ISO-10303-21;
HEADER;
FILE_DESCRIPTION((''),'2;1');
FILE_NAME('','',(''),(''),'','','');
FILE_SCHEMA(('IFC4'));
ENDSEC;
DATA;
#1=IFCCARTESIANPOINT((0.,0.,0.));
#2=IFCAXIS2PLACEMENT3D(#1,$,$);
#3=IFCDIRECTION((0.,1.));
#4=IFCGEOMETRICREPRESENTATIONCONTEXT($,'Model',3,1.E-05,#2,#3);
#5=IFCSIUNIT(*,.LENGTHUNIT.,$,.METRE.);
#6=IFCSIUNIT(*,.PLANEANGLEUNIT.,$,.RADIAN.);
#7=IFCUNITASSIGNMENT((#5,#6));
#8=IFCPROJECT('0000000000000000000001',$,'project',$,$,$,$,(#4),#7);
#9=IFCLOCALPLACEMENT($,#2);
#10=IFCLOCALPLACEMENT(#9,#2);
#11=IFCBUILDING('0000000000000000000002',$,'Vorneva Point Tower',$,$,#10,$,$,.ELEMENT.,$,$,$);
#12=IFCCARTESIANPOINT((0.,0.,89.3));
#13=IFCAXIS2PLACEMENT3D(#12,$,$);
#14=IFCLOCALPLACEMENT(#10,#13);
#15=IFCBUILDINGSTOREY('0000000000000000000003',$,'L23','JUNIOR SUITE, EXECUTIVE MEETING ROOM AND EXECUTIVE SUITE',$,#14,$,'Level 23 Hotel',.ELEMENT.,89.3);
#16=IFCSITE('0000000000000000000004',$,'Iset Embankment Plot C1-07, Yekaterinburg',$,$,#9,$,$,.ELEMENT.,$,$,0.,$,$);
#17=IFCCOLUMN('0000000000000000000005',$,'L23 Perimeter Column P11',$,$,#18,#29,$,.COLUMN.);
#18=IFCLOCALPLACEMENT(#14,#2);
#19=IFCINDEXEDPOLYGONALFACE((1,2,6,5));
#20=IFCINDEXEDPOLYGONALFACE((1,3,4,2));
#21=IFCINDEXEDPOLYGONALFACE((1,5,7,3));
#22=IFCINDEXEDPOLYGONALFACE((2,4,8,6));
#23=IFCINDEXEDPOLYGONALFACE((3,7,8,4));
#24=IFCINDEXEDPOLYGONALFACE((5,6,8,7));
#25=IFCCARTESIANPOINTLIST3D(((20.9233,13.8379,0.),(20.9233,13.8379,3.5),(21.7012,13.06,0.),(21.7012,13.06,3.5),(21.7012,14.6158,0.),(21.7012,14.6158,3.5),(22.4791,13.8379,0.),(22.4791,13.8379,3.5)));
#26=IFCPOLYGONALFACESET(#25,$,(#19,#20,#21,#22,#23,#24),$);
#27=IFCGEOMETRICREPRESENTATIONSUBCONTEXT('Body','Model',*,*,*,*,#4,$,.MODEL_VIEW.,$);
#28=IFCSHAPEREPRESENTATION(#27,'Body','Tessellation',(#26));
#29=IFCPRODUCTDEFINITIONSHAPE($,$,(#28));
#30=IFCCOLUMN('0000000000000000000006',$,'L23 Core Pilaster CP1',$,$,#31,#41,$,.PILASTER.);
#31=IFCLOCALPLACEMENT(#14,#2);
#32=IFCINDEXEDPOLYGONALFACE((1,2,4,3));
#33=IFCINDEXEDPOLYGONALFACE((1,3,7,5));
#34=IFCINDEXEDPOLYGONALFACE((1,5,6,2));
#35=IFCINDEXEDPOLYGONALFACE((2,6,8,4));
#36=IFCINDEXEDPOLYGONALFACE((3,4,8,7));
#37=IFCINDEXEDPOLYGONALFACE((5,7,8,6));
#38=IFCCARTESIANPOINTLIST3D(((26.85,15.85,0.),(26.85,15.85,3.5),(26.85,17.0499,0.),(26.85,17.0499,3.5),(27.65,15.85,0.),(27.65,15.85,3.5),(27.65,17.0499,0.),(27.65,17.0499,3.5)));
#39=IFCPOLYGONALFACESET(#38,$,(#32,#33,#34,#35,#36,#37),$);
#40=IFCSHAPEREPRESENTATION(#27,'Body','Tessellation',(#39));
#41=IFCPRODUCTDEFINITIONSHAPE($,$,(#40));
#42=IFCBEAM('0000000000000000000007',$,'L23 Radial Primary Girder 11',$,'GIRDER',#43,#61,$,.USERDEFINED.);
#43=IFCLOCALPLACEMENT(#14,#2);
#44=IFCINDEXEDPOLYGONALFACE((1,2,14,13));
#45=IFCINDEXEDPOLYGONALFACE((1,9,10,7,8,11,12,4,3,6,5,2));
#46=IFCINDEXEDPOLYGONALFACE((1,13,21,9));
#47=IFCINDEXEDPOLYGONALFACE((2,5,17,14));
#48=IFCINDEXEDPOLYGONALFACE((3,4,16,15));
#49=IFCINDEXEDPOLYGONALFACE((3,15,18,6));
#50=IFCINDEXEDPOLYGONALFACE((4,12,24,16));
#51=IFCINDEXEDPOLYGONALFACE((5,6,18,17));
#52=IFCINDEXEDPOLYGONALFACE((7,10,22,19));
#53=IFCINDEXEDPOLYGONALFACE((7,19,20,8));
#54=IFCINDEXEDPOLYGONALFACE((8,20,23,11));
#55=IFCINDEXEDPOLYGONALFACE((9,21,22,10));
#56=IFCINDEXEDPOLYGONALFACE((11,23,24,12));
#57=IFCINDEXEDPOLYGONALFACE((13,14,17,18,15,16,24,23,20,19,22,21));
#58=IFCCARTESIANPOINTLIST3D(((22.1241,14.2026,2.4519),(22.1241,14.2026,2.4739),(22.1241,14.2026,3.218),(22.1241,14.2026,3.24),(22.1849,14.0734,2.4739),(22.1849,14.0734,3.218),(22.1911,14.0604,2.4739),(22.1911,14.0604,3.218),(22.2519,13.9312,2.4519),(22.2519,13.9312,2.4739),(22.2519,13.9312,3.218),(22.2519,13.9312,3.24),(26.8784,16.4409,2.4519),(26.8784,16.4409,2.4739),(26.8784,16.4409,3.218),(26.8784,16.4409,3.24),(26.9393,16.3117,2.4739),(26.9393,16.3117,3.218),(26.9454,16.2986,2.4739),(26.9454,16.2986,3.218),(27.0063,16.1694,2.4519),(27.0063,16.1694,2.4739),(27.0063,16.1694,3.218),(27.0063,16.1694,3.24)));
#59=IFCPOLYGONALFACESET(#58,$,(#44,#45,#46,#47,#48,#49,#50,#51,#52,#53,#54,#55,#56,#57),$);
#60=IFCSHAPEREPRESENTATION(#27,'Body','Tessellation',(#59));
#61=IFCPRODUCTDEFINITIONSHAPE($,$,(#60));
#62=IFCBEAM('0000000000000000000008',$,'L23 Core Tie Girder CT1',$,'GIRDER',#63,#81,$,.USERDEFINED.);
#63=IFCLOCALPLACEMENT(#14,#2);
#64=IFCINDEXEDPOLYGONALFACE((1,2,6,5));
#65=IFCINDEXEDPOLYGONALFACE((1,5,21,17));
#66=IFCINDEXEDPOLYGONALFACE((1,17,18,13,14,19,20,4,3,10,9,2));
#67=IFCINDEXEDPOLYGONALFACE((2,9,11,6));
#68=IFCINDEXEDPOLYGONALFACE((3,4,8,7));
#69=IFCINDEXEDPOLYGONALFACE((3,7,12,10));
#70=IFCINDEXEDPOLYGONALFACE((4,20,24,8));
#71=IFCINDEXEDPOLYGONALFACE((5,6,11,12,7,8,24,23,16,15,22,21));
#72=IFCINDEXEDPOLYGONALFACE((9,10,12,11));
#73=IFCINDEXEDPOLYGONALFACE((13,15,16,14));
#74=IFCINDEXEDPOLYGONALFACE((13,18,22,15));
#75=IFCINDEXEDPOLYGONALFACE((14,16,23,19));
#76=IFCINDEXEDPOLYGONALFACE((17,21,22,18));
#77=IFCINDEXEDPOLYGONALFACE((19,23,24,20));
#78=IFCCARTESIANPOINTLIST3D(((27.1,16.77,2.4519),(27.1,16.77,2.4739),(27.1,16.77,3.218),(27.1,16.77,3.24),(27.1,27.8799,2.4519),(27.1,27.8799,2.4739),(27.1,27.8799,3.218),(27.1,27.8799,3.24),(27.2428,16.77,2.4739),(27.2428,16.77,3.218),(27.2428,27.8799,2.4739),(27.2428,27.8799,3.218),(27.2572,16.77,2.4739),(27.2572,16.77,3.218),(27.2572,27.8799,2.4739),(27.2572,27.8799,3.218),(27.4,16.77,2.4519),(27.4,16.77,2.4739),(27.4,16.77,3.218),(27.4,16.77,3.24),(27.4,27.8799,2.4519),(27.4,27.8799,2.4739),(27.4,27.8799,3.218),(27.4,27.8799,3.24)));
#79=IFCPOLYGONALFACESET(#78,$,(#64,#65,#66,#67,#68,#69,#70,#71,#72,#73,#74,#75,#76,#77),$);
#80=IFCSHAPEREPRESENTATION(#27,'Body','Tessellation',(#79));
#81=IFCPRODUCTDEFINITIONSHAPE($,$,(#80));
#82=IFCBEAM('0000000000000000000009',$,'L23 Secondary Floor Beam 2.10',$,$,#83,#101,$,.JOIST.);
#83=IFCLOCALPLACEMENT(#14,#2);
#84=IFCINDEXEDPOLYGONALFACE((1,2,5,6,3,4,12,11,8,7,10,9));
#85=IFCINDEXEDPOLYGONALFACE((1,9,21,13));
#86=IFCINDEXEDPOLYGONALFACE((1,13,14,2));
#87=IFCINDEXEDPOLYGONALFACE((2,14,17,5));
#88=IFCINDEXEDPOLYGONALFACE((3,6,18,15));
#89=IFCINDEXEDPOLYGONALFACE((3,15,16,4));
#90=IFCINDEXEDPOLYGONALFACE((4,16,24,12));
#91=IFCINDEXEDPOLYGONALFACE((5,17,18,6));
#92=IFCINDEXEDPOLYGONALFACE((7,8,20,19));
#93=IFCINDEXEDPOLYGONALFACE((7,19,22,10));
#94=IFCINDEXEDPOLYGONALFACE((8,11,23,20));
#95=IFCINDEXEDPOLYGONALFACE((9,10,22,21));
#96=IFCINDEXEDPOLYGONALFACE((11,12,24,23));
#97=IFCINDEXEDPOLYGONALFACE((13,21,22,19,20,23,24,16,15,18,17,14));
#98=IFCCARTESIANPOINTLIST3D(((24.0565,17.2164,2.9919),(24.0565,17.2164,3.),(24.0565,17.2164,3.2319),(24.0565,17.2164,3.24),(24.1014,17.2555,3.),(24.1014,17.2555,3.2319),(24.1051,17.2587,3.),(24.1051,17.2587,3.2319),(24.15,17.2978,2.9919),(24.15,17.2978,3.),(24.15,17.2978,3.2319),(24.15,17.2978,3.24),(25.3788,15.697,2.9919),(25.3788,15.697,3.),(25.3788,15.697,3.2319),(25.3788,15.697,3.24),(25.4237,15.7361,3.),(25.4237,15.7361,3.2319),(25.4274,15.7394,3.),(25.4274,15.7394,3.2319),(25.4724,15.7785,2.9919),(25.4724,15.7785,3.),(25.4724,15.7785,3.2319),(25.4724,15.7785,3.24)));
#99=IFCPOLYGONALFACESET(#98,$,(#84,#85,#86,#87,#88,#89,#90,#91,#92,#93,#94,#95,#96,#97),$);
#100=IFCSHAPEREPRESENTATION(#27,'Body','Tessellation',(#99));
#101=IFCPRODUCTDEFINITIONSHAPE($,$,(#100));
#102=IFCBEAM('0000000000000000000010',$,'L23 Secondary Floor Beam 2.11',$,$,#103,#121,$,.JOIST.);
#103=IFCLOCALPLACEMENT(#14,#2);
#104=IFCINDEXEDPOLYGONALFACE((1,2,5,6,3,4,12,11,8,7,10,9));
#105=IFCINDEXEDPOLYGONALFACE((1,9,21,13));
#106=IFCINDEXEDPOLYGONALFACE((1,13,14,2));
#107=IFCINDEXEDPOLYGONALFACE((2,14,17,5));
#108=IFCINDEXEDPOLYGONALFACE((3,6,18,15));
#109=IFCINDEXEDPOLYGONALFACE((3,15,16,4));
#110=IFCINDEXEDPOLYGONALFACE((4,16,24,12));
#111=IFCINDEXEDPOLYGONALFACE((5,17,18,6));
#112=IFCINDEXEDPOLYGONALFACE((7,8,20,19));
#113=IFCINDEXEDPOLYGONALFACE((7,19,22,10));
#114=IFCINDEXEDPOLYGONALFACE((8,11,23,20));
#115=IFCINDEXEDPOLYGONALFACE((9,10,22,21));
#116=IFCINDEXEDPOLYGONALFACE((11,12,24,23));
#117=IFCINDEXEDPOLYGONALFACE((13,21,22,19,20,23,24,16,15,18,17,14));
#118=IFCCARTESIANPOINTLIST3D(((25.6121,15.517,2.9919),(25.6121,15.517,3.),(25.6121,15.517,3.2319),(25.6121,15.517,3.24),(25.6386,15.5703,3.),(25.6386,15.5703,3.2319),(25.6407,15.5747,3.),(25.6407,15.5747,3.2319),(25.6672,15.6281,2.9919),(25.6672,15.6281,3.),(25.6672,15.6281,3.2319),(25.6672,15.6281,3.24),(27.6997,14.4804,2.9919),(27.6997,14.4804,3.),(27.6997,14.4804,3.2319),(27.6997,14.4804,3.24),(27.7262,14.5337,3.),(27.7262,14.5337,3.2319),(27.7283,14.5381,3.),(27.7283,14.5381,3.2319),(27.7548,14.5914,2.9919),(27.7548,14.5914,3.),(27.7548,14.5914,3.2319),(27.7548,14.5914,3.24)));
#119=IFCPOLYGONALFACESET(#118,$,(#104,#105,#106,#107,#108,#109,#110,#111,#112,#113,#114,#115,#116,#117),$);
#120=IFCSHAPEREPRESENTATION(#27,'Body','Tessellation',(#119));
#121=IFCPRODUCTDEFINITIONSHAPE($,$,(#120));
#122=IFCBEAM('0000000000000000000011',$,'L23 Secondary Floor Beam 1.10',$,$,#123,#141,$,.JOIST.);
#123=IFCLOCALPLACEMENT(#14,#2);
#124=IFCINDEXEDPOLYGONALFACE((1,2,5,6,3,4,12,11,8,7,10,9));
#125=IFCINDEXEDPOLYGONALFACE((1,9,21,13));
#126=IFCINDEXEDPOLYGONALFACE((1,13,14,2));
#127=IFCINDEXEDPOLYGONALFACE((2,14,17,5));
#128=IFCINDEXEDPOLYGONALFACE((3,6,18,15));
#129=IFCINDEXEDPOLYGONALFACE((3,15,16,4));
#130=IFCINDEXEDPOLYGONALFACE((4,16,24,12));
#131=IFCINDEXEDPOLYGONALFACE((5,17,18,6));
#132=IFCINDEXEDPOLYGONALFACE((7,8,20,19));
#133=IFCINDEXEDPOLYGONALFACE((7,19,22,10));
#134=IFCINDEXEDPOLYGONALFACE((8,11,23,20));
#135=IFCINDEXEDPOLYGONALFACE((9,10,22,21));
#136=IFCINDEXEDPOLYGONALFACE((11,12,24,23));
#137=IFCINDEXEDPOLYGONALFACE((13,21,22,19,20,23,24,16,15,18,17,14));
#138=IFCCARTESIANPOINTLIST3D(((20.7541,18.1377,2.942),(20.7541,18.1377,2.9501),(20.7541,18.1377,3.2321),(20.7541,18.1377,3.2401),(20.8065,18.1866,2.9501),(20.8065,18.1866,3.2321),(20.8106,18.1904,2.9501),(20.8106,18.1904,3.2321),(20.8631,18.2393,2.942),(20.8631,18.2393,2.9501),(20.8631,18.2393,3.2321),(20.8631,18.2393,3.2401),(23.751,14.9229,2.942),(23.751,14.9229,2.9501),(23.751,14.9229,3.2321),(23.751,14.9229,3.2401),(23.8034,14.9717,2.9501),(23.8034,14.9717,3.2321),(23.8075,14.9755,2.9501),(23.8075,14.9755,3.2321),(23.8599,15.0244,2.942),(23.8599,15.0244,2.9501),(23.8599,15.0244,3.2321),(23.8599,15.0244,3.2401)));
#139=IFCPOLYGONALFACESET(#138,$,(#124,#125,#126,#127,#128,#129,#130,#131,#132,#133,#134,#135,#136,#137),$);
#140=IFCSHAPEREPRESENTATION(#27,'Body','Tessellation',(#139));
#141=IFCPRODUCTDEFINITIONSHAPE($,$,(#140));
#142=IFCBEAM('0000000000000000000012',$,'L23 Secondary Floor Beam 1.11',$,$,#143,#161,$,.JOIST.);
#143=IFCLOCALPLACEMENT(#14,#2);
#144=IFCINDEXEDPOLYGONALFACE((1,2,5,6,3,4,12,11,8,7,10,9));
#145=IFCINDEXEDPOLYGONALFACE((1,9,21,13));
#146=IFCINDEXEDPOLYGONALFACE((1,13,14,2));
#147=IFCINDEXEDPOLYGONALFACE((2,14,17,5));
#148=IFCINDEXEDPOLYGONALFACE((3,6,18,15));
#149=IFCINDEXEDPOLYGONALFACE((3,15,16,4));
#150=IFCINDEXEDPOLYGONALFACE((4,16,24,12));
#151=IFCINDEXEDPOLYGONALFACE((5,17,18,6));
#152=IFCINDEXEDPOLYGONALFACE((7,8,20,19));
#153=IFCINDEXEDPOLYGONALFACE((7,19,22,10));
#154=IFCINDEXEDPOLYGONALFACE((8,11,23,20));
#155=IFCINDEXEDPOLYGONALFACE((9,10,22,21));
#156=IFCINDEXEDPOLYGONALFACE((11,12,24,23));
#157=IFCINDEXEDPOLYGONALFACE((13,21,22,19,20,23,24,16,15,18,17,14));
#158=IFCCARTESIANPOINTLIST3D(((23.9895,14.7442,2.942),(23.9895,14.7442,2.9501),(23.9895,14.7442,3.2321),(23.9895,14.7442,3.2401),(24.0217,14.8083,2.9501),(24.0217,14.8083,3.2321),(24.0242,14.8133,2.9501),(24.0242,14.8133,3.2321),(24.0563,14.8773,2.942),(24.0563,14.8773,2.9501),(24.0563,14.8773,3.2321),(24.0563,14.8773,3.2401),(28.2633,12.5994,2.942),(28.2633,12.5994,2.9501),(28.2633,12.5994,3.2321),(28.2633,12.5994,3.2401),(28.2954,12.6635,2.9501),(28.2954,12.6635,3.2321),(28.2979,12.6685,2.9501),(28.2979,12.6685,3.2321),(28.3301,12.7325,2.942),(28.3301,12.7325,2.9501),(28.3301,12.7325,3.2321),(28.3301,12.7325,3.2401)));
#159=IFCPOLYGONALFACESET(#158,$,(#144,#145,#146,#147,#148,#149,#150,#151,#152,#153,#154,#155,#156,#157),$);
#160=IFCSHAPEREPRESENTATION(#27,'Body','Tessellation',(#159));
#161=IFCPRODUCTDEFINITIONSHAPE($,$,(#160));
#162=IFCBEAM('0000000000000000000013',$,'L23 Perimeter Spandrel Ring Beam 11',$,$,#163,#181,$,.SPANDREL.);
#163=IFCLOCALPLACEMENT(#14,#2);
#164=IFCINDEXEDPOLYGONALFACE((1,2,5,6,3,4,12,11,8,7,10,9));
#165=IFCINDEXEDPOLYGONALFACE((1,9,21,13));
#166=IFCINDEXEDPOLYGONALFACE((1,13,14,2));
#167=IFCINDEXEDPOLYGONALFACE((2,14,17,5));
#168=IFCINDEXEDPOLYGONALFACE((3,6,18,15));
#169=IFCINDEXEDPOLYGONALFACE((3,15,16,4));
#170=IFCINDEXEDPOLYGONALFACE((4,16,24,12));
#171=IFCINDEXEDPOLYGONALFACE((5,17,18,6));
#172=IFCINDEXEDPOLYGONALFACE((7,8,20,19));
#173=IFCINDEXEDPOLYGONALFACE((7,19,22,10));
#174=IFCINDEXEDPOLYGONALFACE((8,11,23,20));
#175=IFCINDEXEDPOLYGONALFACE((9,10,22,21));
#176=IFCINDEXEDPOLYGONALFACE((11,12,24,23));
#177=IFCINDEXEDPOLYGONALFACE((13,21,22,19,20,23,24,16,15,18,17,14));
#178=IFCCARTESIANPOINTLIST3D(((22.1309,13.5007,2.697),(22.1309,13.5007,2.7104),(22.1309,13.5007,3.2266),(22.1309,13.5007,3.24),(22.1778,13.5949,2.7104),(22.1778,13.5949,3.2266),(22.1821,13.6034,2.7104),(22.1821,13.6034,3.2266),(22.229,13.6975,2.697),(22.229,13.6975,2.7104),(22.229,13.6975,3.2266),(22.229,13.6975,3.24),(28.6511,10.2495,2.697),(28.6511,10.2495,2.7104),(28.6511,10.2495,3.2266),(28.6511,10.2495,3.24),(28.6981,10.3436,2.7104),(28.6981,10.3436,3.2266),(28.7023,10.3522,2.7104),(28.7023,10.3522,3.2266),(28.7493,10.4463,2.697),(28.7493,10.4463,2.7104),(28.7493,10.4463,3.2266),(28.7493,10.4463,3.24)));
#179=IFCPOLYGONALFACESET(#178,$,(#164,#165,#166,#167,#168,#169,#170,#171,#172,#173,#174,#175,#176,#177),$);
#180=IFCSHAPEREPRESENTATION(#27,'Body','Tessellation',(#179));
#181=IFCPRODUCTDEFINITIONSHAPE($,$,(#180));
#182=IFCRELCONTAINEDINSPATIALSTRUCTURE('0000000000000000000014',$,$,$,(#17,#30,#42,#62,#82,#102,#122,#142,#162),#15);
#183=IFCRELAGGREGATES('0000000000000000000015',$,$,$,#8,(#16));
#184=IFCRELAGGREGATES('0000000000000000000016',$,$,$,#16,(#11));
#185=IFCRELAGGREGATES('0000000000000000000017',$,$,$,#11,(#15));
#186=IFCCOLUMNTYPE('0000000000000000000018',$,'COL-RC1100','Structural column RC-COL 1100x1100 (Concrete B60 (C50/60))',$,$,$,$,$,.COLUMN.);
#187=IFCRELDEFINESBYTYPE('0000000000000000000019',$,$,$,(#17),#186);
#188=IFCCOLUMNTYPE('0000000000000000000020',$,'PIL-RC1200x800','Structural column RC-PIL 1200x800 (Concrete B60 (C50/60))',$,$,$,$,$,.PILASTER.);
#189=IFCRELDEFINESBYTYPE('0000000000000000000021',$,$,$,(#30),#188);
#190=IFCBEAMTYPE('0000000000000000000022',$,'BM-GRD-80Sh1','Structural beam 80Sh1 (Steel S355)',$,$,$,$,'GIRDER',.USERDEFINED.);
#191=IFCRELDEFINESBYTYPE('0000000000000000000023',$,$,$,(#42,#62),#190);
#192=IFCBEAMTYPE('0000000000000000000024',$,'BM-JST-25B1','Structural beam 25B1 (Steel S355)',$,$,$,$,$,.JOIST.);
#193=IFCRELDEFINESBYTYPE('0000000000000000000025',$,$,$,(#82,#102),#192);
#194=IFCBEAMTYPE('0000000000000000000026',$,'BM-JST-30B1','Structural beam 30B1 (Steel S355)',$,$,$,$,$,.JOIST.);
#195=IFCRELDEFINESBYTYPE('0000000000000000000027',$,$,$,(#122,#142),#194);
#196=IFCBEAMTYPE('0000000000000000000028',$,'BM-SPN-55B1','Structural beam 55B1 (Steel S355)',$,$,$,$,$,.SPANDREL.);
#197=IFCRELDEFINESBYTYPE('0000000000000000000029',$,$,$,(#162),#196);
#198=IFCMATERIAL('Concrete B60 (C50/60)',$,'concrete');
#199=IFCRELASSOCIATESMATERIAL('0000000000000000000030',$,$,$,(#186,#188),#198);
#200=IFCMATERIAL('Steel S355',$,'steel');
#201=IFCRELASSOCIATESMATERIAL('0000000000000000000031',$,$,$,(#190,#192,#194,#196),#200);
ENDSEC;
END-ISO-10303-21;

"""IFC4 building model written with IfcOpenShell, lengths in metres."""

from ifc_helpers import new_model, si_unit, direction, frame, origin, origin_2d, place, context, subcontext, project, spatial, rectangle, i_section, extrude, material, material_profile, profile_set, type_object, element, save


model = new_model("IFC4")

# Units and contexts
model_context = context("Model", 3, precision=1e-05, world=origin(), true_north=direction((0.0, 1.0)))
body_context = subcontext(model_context, "Body", "Model", "MODEL_VIEW")
ifc_project = project(units=[si_unit("LENGTHUNIT", "METRE"), si_unit("PLANEANGLEUNIT", "RADIAN")], contexts=[model_context])

# Site, building, storey
site_placement = place(None, origin())
site = spatial("IfcSite", under=ifc_project, at=site_placement, Name="Iset Embankment Plot C1-07, Yekaterinburg", CompositionType="ELEMENT", RefElevation=0.0)
building_placement = place(site_placement, origin())
building = spatial("IfcBuilding", under=site, at=building_placement, Name="Vorneva Point Tower", CompositionType="ELEMENT")
storey_placement = place(building_placement, frame((0.0, 0.0, 89.3)))
storey = spatial("IfcBuildingStorey", under=building, at=storey_placement, Name="L23", Description="JUNIOR SUITE, EXECUTIVE MEETING ROOM AND EXECUTIVE SUITE", LongName="Level 23 Hotel", CompositionType="ELEMENT", Elevation=89.3)

# Columns
ifc_material_1 = material(Name="Concrete B60 (C50/60)", Category="concrete")
ifc_material_profile_1 = material_profile(ifc_material_1, rectangle(XDim=1.1001, YDim=1.1001, at=origin_2d()), Name="RC-COL 1100x1100")
ifc_profile_set_1 = profile_set([ifc_material_profile_1], Name="Concrete B60 (C50/60)")
column_type_1 = type_object("IfcColumnType", Name="COL-RC1100", Description="Structural column RC-COL 1100x1100 (Concrete B60 (C50/60))", PredefinedType="COLUMN", material=ifc_profile_set_1)
column_1_placement = place(storey_placement, frame((21.7012, 13.8379, 0.0), z_axis=(0.0, 0.0, 1.0), x_axis=(-0.707107, -0.707107, 0.0)))
element("IfcColumn", 1, at=column_1_placement, inside=storey, type_object=column_type_1, Name="L23 Perimeter Column P11", PredefinedType="COLUMN", context=body_context, shape_type="SweptSolid", body=[
    extrude(rectangle(XDim=1.1001, YDim=1.1001, at=origin_2d()), origin(), (0.0, 0.0, 1.0), 3.5),
])
ifc_material_profile_2 = material_profile(ifc_material_1, rectangle(XDim=0.8, YDim=1.2, at=origin_2d()), Name="RC-PIL 1200x800")
ifc_profile_set_2 = profile_set([ifc_material_profile_2], Name="Concrete B60 (C50/60)")
column_type_2 = type_object("IfcColumnType", Name="PIL-RC1200x800", Description="Structural column RC-PIL 1200x800 (Concrete B60 (C50/60))", PredefinedType="PILASTER", material=ifc_profile_set_2)
column_2_placement = place(storey_placement, frame((27.25, 16.45, 0.0), z_axis=(0.0, 0.0, 1.0), x_axis=(1.0, 0.0, 0.0)))
element("IfcColumn", 2, at=column_2_placement, inside=storey, type_object=column_type_2, Name="L23 Core Pilaster CP1", PredefinedType="PILASTER", context=body_context, shape_type="SweptSolid", body=[
    extrude(rectangle(XDim=0.8, YDim=1.2, at=origin_2d()), origin(), (0.0, 0.0, 1.0), 3.5),
])

# Beams
ifc_material_2 = material(Name="Steel S355", Category="steel")
ifc_material_profile_3 = material_profile(ifc_material_2, i_section(OverallWidth=0.3, OverallDepth=0.7881, WebThickness=0.0144, FlangeThickness=0.022, at=origin_2d()), Name="80Sh1")
ifc_profile_set_3 = profile_set([ifc_material_profile_3], Name="Steel S355")
beam_type_1 = type_object("IfcBeamType", Name="BM-GRD-80Sh1", Description="Structural beam 80Sh1 (Steel S355)", ElementType="GIRDER", PredefinedType="USERDEFINED", material=ifc_profile_set_3)
beam_1_placement = place(storey_placement, frame((22.188, 14.0669, 2.8459), z_axis=(0.904751, 0.42594, 0.0), x_axis=(-0.42594, 0.904751, 0.0)))
element("IfcBeam", 3, at=beam_1_placement, inside=storey, type_object=beam_type_1, Name="L23 Radial Primary Girder 11", ObjectType="GIRDER", PredefinedType="USERDEFINED", context=body_context, shape_type="SweptSolid", body=[
    extrude(i_section(OverallWidth=0.3, OverallDepth=0.7881, WebThickness=0.0144, FlangeThickness=0.022, at=origin_2d()), origin(), (0.0, 0.0, 1.0), 5.2549),
])
beam_2_placement = place(storey_placement, frame((27.25, 16.77, 2.8459), z_axis=(0.0, 1.0, 0.0), x_axis=(-1.0, 0.0, 0.0)))
element("IfcBeam", 4, at=beam_2_placement, inside=storey, type_object=beam_type_1, Name="L23 Core Tie Girder CT1", ObjectType="GIRDER", PredefinedType="USERDEFINED", context=body_context, shape_type="SweptSolid", body=[
    extrude(i_section(OverallWidth=0.3, OverallDepth=0.7881, WebThickness=0.0144, FlangeThickness=0.022, at=origin_2d()), origin(), (0.0, 0.0, 1.0), 11.1099),
])
ifc_material_profile_4 = material_profile(ifc_material_2, i_section(OverallWidth=0.124, OverallDepth=0.248, WebThickness=0.0049, FlangeThickness=0.0081, at=origin_2d()), Name="25B1")
ifc_profile_set_4 = profile_set([ifc_material_profile_4], Name="Steel S355")
beam_type_2 = type_object("IfcBeamType", Name="BM-JST-25B1", Description="Structural beam 25B1 (Steel S355)", PredefinedType="JOIST", material=ifc_profile_set_4)
beam_3_placement = place(storey_placement, frame((24.1033, 17.2571, 3.116), z_axis=(0.656503, -0.754324, 0.0), x_axis=(0.754324, 0.656503, 0.0)))
element("IfcBeam", 5, at=beam_3_placement, inside=storey, type_object=beam_type_2, Name="L23 Secondary Floor Beam 2.10", PredefinedType="JOIST", context=body_context, shape_type="SweptSolid", body=[
    extrude(i_section(OverallWidth=0.124, OverallDepth=0.248, WebThickness=0.0049, FlangeThickness=0.0081, at=origin_2d()), origin(), (0.0, 0.0, 1.0), 2.0142),
])
beam_4_placement = place(storey_placement, frame((25.6396, 15.5725, 3.116), z_axis=(0.89566, -0.44474, 0.0), x_axis=(0.44474, 0.89566, 0.0)))
element("IfcBeam", 6, at=beam_4_placement, inside=storey, type_object=beam_type_2, Name="L23 Secondary Floor Beam 2.11", PredefinedType="JOIST", context=body_context, shape_type="SweptSolid", body=[
    extrude(i_section(OverallWidth=0.124, OverallDepth=0.248, WebThickness=0.0049, FlangeThickness=0.0081, at=origin_2d()), origin(), (0.0, 0.0, 1.0), 2.3308),
])
ifc_material_profile_5 = material_profile(ifc_material_2, i_section(OverallWidth=0.1489, OverallDepth=0.2981, WebThickness=0.0056, FlangeThickness=0.0081, at=origin_2d()), Name="30B1")
ifc_profile_set_5 = profile_set([ifc_material_profile_5], Name="Steel S355")
beam_type_3 = type_object("IfcBeamType", Name="BM-JST-30B1", Description="Structural beam 30B1 (Steel S355)", PredefinedType="JOIST", material=ifc_profile_set_5)
beam_5_placement = place(storey_placement, frame((20.8086, 18.1885, 3.0911), z_axis=(0.681869, -0.731474, 0.0), x_axis=(0.731474, 0.681869, 0.0)))
element("IfcBeam", 7, at=beam_5_placement, inside=storey, type_object=beam_type_3, Name="L23 Secondary Floor Beam 1.10", PredefinedType="JOIST", context=body_context, shape_type="SweptSolid", body=[
    extrude(i_section(OverallWidth=0.1489, OverallDepth=0.2981, WebThickness=0.0056, FlangeThickness=0.0081, at=origin_2d()), origin(), (0.0, 0.0, 1.0), 4.395),
])
beam_6_placement = place(storey_placement, frame((24.0229, 14.8108, 3.0911), z_axis=(0.893762, -0.448541, 0.0), x_axis=(0.448541, 0.893762, 0.0)))
element("IfcBeam", 8, at=beam_6_placement, inside=storey, type_object=beam_type_3, Name="L23 Secondary Floor Beam 1.11", PredefinedType="JOIST", context=body_context, shape_type="SweptSolid", body=[
    extrude(i_section(OverallWidth=0.1489, OverallDepth=0.2981, WebThickness=0.0056, FlangeThickness=0.0081, at=origin_2d()), origin(), (0.0, 0.0, 1.0), 4.7817),
])
ifc_material_profile_6 = material_profile(ifc_material_2, i_section(OverallWidth=0.22, OverallDepth=0.543, WebThickness=0.0095, FlangeThickness=0.0134, at=origin_2d()), Name="55B1")
ifc_profile_set_6 = profile_set([ifc_material_profile_6], Name="Steel S355")
beam_type_4 = type_object("IfcBeamType", Name="BM-SPN-55B1", Description="Structural beam 55B1 (Steel S355)", PredefinedType="SPANDREL", material=ifc_profile_set_6)
beam_7_placement = place(storey_placement, frame((22.1799, 13.5991, 2.9685), z_axis=(0.894916, -0.446235, 0.0), x_axis=(0.446235, 0.894916, 0.0)))
element("IfcBeam", 9, at=beam_7_placement, inside=storey, type_object=beam_type_4, Name="L23 Perimeter Spandrel Ring Beam 11", PredefinedType="SPANDREL", context=body_context, shape_type="SweptSolid", body=[
    extrude(i_section(OverallWidth=0.22, OverallDepth=0.543, WebThickness=0.0095, FlangeThickness=0.0134, at=origin_2d()), origin(), (0.0, 0.0, 1.0), 7.2859),
])

save(model, "model.ifc")
